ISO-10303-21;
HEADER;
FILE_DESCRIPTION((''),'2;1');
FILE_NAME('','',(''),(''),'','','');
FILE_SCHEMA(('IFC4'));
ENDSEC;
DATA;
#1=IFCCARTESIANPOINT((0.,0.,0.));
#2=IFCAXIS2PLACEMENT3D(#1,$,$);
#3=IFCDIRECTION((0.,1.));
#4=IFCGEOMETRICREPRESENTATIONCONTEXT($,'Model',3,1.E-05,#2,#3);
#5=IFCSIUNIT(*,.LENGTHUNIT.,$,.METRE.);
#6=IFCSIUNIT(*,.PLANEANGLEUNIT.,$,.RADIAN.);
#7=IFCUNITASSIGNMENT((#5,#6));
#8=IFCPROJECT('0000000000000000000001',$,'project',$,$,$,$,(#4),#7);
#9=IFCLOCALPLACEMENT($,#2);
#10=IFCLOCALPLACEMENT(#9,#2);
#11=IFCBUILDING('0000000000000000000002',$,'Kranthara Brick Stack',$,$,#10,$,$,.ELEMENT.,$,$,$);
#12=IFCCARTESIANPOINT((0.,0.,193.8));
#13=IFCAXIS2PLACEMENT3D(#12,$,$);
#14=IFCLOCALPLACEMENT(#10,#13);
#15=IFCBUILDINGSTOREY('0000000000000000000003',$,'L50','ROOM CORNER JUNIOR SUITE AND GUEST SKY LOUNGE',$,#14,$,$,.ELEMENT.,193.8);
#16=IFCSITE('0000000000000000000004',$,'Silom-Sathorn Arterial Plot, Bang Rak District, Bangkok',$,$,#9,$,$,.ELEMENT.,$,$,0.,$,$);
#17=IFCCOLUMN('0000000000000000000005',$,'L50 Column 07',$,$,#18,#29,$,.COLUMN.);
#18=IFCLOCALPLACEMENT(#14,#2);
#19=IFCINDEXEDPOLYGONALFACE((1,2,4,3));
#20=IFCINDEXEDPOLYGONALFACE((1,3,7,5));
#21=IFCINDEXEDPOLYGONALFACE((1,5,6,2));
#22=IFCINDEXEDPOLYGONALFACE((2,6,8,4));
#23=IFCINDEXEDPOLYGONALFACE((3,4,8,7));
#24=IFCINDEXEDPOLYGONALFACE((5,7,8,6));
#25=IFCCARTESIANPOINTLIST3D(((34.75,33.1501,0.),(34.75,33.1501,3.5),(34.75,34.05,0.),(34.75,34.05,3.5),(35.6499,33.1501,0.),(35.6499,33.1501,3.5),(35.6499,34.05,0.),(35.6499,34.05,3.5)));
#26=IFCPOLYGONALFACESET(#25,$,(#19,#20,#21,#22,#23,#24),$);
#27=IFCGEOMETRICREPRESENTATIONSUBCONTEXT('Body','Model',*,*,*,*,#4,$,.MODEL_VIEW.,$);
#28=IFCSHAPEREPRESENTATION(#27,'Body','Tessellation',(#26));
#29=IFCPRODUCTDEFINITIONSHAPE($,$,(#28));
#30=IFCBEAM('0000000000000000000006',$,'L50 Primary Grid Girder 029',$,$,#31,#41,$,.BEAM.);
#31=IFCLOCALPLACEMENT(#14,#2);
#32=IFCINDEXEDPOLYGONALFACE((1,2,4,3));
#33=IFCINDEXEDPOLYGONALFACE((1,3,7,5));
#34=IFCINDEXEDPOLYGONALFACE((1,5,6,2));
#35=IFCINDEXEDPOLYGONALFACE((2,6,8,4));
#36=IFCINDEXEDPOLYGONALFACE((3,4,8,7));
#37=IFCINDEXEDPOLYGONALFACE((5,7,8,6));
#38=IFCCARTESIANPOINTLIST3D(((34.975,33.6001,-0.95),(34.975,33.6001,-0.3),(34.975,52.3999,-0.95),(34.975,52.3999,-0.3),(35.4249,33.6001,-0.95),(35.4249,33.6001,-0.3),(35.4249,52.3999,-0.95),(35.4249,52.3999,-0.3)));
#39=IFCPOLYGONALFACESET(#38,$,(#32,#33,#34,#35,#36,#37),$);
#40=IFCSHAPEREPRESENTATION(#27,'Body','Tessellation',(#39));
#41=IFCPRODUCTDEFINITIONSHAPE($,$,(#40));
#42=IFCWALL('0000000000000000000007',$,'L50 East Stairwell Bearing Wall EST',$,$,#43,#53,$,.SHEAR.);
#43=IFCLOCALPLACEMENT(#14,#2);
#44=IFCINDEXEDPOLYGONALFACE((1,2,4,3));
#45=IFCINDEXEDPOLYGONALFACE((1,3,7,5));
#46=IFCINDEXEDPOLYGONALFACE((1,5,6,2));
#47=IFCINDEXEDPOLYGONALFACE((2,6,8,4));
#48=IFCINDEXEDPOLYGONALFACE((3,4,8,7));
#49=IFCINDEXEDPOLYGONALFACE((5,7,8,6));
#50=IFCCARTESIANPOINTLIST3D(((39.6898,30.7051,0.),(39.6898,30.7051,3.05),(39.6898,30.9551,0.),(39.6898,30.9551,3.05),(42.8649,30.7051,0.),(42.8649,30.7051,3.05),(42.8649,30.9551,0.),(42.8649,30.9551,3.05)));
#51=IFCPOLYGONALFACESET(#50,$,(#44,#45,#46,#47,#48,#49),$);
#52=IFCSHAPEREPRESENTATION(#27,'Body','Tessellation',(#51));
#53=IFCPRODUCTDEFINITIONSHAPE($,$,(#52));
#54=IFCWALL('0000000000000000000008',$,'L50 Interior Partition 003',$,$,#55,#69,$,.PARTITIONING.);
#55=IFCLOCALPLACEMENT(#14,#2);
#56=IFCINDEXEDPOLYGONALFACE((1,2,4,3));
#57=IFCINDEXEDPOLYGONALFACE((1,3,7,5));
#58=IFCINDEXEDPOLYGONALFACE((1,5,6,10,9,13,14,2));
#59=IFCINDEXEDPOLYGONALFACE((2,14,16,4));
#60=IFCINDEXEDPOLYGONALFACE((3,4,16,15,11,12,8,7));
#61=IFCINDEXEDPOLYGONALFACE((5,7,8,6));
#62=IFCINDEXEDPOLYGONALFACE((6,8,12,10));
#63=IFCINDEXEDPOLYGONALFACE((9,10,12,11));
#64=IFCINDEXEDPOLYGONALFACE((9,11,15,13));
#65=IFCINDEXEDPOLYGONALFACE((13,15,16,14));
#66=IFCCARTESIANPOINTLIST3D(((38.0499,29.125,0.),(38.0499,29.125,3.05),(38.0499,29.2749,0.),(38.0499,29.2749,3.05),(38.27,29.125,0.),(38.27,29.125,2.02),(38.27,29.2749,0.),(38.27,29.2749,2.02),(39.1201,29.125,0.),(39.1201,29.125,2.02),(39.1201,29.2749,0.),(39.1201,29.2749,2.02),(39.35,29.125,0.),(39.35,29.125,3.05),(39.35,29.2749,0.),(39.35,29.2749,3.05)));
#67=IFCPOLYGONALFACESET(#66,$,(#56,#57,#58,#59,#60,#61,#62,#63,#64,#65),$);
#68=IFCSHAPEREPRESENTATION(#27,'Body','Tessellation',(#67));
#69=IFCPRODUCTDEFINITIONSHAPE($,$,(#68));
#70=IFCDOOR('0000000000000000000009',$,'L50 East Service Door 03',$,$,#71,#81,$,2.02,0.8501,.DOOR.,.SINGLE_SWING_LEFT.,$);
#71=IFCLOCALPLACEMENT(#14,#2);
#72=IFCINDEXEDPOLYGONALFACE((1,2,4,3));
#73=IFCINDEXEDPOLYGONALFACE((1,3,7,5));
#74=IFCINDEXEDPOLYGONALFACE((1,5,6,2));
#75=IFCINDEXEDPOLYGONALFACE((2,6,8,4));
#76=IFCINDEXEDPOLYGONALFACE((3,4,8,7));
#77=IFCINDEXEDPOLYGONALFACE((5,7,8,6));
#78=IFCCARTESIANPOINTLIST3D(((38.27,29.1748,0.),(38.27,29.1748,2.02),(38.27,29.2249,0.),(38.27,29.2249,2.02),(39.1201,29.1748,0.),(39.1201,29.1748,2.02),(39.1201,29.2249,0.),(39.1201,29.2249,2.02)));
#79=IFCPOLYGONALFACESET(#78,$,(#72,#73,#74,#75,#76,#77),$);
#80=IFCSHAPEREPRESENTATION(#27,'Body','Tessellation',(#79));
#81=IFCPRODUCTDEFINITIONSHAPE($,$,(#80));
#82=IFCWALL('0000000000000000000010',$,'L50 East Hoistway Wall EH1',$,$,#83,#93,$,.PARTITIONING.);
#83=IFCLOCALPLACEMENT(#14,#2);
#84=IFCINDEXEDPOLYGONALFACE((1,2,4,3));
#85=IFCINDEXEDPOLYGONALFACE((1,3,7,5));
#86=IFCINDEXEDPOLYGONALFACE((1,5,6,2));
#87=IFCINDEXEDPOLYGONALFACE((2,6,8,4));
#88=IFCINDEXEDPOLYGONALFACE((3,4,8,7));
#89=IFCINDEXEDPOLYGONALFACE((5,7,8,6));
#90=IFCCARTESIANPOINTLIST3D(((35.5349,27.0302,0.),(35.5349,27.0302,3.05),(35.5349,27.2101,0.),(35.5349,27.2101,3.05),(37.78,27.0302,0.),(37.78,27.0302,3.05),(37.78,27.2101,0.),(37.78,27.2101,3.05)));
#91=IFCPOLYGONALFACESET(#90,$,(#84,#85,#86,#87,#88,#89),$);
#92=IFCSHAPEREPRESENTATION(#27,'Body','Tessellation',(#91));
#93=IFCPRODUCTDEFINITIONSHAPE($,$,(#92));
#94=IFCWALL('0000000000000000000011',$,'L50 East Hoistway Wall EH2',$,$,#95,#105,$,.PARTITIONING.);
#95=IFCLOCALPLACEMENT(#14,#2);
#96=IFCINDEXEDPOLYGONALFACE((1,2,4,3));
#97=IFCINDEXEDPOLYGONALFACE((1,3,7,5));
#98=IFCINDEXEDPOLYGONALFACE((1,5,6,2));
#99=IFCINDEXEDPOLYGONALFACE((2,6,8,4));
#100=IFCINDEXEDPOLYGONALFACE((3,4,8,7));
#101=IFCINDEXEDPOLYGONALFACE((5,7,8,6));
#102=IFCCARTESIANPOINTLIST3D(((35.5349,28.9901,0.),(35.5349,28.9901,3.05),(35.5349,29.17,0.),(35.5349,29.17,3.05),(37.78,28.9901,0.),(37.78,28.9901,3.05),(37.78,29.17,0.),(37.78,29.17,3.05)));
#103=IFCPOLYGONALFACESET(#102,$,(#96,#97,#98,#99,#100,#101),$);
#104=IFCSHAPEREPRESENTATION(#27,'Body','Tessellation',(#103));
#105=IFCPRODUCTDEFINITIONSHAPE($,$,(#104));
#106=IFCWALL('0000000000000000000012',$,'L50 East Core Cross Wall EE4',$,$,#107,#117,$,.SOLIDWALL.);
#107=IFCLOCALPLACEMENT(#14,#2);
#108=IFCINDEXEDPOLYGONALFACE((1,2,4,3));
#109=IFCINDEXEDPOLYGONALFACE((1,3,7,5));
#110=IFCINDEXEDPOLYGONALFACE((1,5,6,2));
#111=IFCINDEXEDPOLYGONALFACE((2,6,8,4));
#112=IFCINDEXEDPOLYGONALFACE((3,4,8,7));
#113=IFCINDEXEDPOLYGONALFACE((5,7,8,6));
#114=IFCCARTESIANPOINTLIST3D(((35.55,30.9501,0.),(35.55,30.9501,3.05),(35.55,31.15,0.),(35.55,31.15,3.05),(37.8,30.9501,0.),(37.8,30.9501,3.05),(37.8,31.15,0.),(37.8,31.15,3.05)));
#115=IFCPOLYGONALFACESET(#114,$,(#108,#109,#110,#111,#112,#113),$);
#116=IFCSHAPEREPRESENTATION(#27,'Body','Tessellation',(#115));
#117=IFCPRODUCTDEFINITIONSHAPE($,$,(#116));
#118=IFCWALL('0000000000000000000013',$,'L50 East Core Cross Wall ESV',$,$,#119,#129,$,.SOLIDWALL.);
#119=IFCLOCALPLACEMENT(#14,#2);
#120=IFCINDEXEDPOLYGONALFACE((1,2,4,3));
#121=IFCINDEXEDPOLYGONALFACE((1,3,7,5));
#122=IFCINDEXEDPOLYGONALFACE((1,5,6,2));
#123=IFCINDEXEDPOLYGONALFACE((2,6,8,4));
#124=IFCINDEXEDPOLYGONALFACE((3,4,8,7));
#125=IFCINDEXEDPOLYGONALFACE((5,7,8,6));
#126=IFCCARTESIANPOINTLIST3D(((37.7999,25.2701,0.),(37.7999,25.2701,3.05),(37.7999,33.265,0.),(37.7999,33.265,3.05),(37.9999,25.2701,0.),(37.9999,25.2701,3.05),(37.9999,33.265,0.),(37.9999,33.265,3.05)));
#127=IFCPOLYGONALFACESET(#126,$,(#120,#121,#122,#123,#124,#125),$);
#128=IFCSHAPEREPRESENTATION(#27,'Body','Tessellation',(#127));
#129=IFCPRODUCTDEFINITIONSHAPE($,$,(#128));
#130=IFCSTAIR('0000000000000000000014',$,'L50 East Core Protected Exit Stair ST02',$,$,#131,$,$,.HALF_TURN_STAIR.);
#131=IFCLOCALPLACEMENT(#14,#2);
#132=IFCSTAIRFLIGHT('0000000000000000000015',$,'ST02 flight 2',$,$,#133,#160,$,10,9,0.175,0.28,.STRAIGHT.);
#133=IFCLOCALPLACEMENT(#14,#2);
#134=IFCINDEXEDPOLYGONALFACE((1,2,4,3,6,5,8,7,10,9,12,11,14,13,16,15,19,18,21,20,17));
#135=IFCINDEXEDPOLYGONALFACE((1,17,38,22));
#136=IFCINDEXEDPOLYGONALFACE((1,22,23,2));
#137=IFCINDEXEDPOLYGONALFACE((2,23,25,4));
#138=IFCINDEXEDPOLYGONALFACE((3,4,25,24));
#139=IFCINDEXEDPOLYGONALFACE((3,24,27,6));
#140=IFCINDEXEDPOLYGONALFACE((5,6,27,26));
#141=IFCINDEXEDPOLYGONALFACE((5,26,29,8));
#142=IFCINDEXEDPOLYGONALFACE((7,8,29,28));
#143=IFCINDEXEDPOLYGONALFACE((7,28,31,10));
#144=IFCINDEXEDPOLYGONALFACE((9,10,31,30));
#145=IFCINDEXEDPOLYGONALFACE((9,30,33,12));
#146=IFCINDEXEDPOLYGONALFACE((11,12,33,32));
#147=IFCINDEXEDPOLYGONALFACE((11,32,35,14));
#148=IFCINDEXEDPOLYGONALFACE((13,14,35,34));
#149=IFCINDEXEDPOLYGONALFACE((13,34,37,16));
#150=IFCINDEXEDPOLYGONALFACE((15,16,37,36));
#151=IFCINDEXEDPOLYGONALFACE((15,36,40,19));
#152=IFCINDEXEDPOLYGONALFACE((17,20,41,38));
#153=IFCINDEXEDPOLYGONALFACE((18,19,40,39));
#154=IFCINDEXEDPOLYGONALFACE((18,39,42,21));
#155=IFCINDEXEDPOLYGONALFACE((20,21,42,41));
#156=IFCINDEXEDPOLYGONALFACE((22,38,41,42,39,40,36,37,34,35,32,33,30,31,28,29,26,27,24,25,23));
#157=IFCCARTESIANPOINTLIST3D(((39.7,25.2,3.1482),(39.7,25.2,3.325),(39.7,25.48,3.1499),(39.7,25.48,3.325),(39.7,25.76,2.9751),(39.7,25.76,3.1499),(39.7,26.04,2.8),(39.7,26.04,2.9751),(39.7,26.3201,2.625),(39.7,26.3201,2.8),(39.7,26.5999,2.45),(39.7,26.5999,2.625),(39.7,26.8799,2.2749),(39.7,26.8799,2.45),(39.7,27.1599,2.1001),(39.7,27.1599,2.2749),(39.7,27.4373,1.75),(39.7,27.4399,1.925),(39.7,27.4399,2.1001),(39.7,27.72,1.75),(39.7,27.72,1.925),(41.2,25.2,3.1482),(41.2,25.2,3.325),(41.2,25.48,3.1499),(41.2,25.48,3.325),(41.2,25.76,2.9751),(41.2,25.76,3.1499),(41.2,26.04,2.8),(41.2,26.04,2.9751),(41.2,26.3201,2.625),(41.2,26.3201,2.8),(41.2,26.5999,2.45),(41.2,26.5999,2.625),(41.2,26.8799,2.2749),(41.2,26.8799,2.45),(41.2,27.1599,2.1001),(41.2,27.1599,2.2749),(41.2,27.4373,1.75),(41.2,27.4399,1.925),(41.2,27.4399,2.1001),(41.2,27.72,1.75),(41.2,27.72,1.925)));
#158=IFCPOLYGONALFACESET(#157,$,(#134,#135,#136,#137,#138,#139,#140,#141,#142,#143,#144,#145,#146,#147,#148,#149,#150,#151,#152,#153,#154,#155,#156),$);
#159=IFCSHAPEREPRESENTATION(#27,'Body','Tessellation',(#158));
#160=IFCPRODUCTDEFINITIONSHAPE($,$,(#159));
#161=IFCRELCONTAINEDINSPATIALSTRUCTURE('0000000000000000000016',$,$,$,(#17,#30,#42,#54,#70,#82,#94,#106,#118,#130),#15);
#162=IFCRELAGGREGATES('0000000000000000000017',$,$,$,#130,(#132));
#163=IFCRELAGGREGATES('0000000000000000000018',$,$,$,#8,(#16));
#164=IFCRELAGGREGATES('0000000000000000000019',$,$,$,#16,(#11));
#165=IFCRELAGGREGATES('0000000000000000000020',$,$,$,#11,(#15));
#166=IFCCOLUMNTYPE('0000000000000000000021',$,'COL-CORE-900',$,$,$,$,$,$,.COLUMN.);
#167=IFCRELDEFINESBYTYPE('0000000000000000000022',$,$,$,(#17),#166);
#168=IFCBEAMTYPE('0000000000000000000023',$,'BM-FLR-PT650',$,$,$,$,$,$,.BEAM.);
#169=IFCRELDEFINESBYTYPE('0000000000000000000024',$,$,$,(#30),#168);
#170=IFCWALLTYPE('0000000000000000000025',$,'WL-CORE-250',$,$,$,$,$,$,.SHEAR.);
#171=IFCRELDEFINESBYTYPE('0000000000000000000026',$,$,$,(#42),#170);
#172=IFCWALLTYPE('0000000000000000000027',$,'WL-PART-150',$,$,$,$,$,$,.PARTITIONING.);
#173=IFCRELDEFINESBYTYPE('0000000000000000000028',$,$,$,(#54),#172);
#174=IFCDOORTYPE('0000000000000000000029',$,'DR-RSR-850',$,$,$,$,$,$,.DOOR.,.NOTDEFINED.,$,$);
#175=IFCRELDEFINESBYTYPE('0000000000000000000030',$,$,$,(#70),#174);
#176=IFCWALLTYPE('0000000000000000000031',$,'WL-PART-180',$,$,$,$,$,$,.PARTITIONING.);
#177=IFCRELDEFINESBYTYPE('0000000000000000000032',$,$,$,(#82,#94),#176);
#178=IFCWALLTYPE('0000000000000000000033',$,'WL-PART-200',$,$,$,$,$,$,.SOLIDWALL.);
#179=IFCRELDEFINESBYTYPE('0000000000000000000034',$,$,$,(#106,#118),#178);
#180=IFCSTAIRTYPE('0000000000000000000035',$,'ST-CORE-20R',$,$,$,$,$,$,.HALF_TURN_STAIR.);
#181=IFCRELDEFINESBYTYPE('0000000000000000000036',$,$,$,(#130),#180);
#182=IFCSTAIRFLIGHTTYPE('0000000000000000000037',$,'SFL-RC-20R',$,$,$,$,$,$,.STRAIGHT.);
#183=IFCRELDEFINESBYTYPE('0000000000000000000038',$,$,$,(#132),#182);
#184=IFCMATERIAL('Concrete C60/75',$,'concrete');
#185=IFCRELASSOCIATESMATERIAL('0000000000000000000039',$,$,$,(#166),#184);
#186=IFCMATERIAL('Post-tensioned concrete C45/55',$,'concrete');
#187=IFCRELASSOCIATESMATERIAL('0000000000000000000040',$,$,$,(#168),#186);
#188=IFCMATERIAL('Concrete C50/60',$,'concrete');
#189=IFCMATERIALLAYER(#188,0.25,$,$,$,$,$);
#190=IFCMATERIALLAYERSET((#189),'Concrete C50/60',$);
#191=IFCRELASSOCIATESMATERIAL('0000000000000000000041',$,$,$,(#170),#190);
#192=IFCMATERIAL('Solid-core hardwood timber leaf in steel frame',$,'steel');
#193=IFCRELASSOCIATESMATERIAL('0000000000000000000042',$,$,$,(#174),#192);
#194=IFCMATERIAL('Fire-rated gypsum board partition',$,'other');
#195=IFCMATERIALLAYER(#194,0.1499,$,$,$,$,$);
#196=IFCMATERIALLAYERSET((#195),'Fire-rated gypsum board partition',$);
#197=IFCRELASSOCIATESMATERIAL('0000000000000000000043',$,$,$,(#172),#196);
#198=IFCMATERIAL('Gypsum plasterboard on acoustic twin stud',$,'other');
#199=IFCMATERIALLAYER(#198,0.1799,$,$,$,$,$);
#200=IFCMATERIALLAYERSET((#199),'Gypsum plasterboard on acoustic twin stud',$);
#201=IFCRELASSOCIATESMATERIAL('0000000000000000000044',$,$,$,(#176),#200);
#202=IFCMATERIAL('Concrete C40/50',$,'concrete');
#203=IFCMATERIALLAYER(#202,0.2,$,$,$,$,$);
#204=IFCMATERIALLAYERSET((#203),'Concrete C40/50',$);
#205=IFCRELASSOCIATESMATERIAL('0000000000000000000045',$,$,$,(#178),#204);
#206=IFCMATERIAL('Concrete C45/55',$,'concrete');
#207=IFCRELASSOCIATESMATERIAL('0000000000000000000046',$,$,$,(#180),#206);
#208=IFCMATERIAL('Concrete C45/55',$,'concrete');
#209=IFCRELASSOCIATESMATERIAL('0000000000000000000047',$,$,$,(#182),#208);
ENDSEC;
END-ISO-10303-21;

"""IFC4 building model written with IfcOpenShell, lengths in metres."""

from ifc_helpers import new_model, si_unit, direction, frame, frame_2d, origin, origin_2d, place, context, subcontext, project, spatial, polyline, rectangle, outline, extrude, material, layer, layer_set, material_profile, profile_set, type_object, element, fill, aggregate, save


model = new_model("IFC4")

# Units and contexts
model_context = context("Model", 3, precision=1e-05, world=origin(), true_north=direction((0.0, 1.0)))
body_context = subcontext(model_context, "Body", "Model", "MODEL_VIEW")
ifc_project = project(units=[si_unit("LENGTHUNIT", "METRE"), si_unit("PLANEANGLEUNIT", "RADIAN")], contexts=[model_context])

# Site, building, storey
site_placement = place(None, origin())
site = spatial("IfcSite", under=ifc_project, at=site_placement, Name="Silom-Sathorn Arterial Plot, Bang Rak District, Bangkok", CompositionType="ELEMENT", RefElevation=0.0)
building_placement = place(site_placement, origin())
building = spatial("IfcBuilding", under=site, at=building_placement, Name="Kranthara Brick Stack", CompositionType="ELEMENT")
storey_placement = place(building_placement, frame((0.0, 0.0, 193.8)))
storey = spatial("IfcBuildingStorey", under=building, at=storey_placement, Name="L50", Description="ROOM CORNER JUNIOR SUITE AND GUEST SKY LOUNGE", CompositionType="ELEMENT", Elevation=193.8)

# Column
ifc_material_1 = material(Name="Concrete C60/75", Category="concrete")
ifc_material_profile_1 = material_profile(ifc_material_1, rectangle(XDim=0.8999, YDim=0.8999, at=origin_2d()), Name="RC 900x900")
ifc_profile_set_1 = profile_set([ifc_material_profile_1], Name="Concrete C60/75")
column_type = type_object("IfcColumnType", Name="COL-CORE-900", PredefinedType="COLUMN", material=ifc_profile_set_1)
column_placement = place(storey_placement, frame((35.2, 33.6001, 0.0), z_axis=(0.0, 0.0, 1.0), x_axis=(1.0, 0.0, 0.0)))
element("IfcColumn", 1, at=column_placement, inside=storey, type_object=column_type, Name="L50 Column 07", PredefinedType="COLUMN", context=body_context, shape_type="SweptSolid", body=[
    extrude(rectangle(XDim=0.8999, YDim=0.8999, at=origin_2d()), origin(), (0.0, 0.0, 1.0), 3.5),
])

# Beam
ifc_material_2 = material(Name="Post-tensioned concrete C45/55", Category="concrete")
ifc_material_profile_2 = material_profile(ifc_material_2, rectangle(XDim=0.45, YDim=0.6499, at=origin_2d()), Name="PT 450x650")
ifc_profile_set_2 = profile_set([ifc_material_profile_2], Name="Post-tensioned concrete C45/55")
beam_type = type_object("IfcBeamType", Name="BM-FLR-PT650", PredefinedType="BEAM", material=ifc_profile_set_2)
beam_placement = place(storey_placement, frame((35.2, 33.6001, -0.625), z_axis=(0.0, 1.0, 0.0), x_axis=(-1.0, 0.0, 0.0)))
element("IfcBeam", 2, at=beam_placement, inside=storey, type_object=beam_type, Name="L50 Primary Grid Girder 029", PredefinedType="BEAM", context=body_context, shape_type="SweptSolid", body=[
    extrude(rectangle(XDim=0.45, YDim=0.6499, at=origin_2d()), origin(), (0.0, 0.0, 1.0), 18.7998),
])

# Wall
ifc_material_3 = material(Name="Concrete C50/60", Category="concrete")
ifc_layer_1 = layer(ifc_material_3, 0.25)
ifc_layer_set_1 = layer_set([ifc_layer_1], Name="Concrete C50/60")
wall_type_1 = type_object("IfcWallType", Name="WL-CORE-250", PredefinedType="SHEAR", material=ifc_layer_set_1)
wall_1_placement = place(storey_placement, frame((39.6899, 30.8301, 0.0), z_axis=(0.0, 0.0, 1.0), x_axis=(1.0, 0.0, 0.0)))
element("IfcWall", 3, at=wall_1_placement, inside=storey, type_object=wall_type_1, Name="L50 East Stairwell Bearing Wall EST", PredefinedType="SHEAR", context=body_context, shape_type="SweptSolid", body=[
    extrude(rectangle(XDim=3.175, YDim=0.25, at=frame_2d((1.5874, 0.0))), origin(), (0.0, 0.0, 1.0), 3.05),
])

# Shared definitions
ifc_material_4 = material(Name="Solid-core hardwood timber leaf in steel frame", Category="steel")
door_type_1 = type_object("IfcDoorType", Name="DR-RSR-850", OperationType="NOTDEFINED", PredefinedType="DOOR", material=ifc_material_4)

# Wall, opening, door
ifc_material_5 = material(Name="Fire-rated gypsum board partition", Category="other")
ifc_layer_2 = layer(ifc_material_5, 0.1499)
ifc_layer_set_2 = layer_set([ifc_layer_2], Name="Fire-rated gypsum board partition")
wall_type_2 = type_object("IfcWallType", Name="WL-PART-150", PredefinedType="PARTITIONING", material=ifc_layer_set_2)
wall_2_placement = place(storey_placement, frame((38.05, 29.2, 0.0), z_axis=(0.0, 0.0, 1.0), x_axis=(1.0, 0.0, 0.0)))
wall_2 = element("IfcWall", 4, at=wall_2_placement, inside=storey, type_object=wall_type_2, Name="L50 Interior Partition 003", PredefinedType="PARTITIONING", context=body_context, shape_type="SweptSolid", body=[
    extrude(rectangle(XDim=1.3, YDim=0.1499, at=frame_2d((0.6499, 0.0))), origin(), (0.0, 0.0, 1.0), 3.05),
])
opening_1_placement = place(wall_2_placement, frame((0.22, 0.0, 0.0)))
opening_1 = element("IfcOpeningElement", 5, at=opening_1_placement, cuts=wall_2, PredefinedType="OPENING", context=body_context, shape_type="SweptSolid", body=[
    extrude(rectangle(XDim=0.8501, YDim=2.02, at=frame_2d((0.425, 1.01))), frame((0.0, 0.085, 0.0), z_axis=(0.0, -1.0, 0.0), x_axis=(1.0, 0.0, 0.0)), (0.0, 0.0, 1.0), 0.1699),
])
door_1_placement = place(opening_1_placement, origin())
door_1 = element("IfcDoor", 6, at=door_1_placement, inside=storey, type_object=door_type_1, Name="L50 East Service Door 03", OperationType="SINGLE_SWING_LEFT", OverallHeight=2.02, OverallWidth=0.8501, PredefinedType="DOOR", context=body_context, shape_type="SweptSolid", body=[
    extrude(rectangle(XDim=0.8501, YDim=2.02, at=frame_2d((0.425, 1.01))), frame((0.0, 0.0249, 0.0), z_axis=(0.0, -1.0, 0.0), x_axis=(1.0, 0.0, 0.0)), (0.0, 0.0, 1.0), 0.05),
])
fill(opening_1, door_1)

# Walls
ifc_material_6 = material(Name="Gypsum plasterboard on acoustic twin stud", Category="other")
ifc_layer_3 = layer(ifc_material_6, 0.1799)
ifc_layer_set_3 = layer_set([ifc_layer_3], Name="Gypsum plasterboard on acoustic twin stud")
wall_type_3 = type_object("IfcWallType", Name="WL-PART-180", PredefinedType="PARTITIONING", material=ifc_layer_set_3)
for number, where, z_axis, x_axis, name in (
    (7, (35.5349, 27.1201, 0.0), (0.0, 0.0, 1.0), (1.0, 0.0, 0.0), "L50 East Hoistway Wall EH1"),
    (8, (35.5349, 29.0801, 0.0), (0.0, 0.0, 1.0), (1.0, 0.0, 0.0), "L50 East Hoistway Wall EH2"),
):
    element("IfcWall", number, at=place(storey_placement, frame(where, z_axis=z_axis, x_axis=x_axis)), inside=storey, type_object=wall_type_3, Name=name, PredefinedType="PARTITIONING", context=body_context, shape_type="SweptSolid", body=[
        extrude(rectangle(XDim=2.2451, YDim=0.1799, at=frame_2d((1.1226, 0.0))), origin(), (0.0, 0.0, 1.0), 3.05),
    ])
ifc_material_7 = material(Name="Concrete C40/50", Category="concrete")
ifc_layer_4 = layer(ifc_material_7, 0.2)
ifc_layer_set_4 = layer_set([ifc_layer_4], Name="Concrete C40/50")
wall_type_4 = type_object("IfcWallType", Name="WL-PART-200", PredefinedType="SOLIDWALL", material=ifc_layer_set_4)
wall_3_placement = place(storey_placement, frame((35.55, 31.05, 0.0), z_axis=(0.0, 0.0, 1.0), x_axis=(1.0, 0.0, 0.0)))
element("IfcWall", 9, at=wall_3_placement, inside=storey, type_object=wall_type_4, Name="L50 East Core Cross Wall EE4", PredefinedType="SOLIDWALL", context=body_context, shape_type="SweptSolid", body=[
    extrude(rectangle(XDim=2.25, YDim=0.2, at=frame_2d((1.125, 0.0))), origin(), (0.0, 0.0, 1.0), 3.05),
])
wall_4_placement = place(storey_placement, frame((37.8999, 25.27, 0.0), z_axis=(0.0, 0.0, 1.0), x_axis=(0.0, 1.0, 0.0)))
element("IfcWall", 10, at=wall_4_placement, inside=storey, type_object=wall_type_4, Name="L50 East Core Cross Wall ESV", PredefinedType="SOLIDWALL", context=body_context, shape_type="SweptSolid", body=[
    extrude(rectangle(XDim=7.9949, YDim=0.2, at=frame_2d((3.9976, 0.0))), origin(), (0.0, 0.0, 1.0), 3.05),
])

# Stair, stair flight
ifc_material_8 = material(Name="Concrete C45/55", Category="concrete")
stair_type = type_object("IfcStairType", Name="ST-CORE-20R", PredefinedType="HALF_TURN_STAIR", material=ifc_material_8)
stair_placement = place(storey_placement, origin())
stair = element("IfcStair", 11, at=stair_placement, inside=storey, type_object=stair_type, Name="L50 East Core Protected Exit Stair ST02", PredefinedType="HALF_TURN_STAIR")
ifc_material_9 = material(Name="Concrete C45/55", Category="concrete")
stair_flight_type = type_object("IfcStairFlightType", Name="SFL-RC-20R", PredefinedType="STRAIGHT", material=ifc_material_9)
stair_flight_placement = place(storey_placement, frame((40.45, 27.72, 1.75), z_axis=(0.0, 0.0, 1.0), x_axis=(0.0, -1.0, 0.0)))
stair_flight = element("IfcStairFlight", 12, at=stair_flight_placement, type_object=stair_flight_type, Name="ST02 flight 2", NumberOfRisers=10, NumberOfTreads=9, PredefinedType="STRAIGHT", RiserHeight=0.175, TreadLength=0.28, context=body_context, shape_type="SweptSolid", body=[
    extrude(outline(polyline([(0.0, 0.0), (0.0, 0.175), (0.28, 0.175), (0.28, 0.3501), (0.5601, 0.3501), (0.5601, 0.5249), (0.8401, 0.5249), (0.8401, 0.7), (1.1201, 0.7), (1.1201, 0.875), (1.3999, 0.875), (1.3999, 1.05), (1.6799, 1.05), (1.6799, 1.2251), (1.96, 1.2251), (1.96, 1.3999), (2.24, 1.3999), (2.24, 1.575), (2.52, 1.575), (2.52, 1.75), (2.52, 1.3982), (0.2827, 0.0), (0.0, 0.0)])), frame((0.0, 0.75, 0.0), z_axis=(0.0, -1.0, 0.0), x_axis=(1.0, 0.0, 0.0)), (0.0, 0.0, 1.0), 1.5),
])
aggregate(stair, [stair_flight])

save(model, "model.ifc")
